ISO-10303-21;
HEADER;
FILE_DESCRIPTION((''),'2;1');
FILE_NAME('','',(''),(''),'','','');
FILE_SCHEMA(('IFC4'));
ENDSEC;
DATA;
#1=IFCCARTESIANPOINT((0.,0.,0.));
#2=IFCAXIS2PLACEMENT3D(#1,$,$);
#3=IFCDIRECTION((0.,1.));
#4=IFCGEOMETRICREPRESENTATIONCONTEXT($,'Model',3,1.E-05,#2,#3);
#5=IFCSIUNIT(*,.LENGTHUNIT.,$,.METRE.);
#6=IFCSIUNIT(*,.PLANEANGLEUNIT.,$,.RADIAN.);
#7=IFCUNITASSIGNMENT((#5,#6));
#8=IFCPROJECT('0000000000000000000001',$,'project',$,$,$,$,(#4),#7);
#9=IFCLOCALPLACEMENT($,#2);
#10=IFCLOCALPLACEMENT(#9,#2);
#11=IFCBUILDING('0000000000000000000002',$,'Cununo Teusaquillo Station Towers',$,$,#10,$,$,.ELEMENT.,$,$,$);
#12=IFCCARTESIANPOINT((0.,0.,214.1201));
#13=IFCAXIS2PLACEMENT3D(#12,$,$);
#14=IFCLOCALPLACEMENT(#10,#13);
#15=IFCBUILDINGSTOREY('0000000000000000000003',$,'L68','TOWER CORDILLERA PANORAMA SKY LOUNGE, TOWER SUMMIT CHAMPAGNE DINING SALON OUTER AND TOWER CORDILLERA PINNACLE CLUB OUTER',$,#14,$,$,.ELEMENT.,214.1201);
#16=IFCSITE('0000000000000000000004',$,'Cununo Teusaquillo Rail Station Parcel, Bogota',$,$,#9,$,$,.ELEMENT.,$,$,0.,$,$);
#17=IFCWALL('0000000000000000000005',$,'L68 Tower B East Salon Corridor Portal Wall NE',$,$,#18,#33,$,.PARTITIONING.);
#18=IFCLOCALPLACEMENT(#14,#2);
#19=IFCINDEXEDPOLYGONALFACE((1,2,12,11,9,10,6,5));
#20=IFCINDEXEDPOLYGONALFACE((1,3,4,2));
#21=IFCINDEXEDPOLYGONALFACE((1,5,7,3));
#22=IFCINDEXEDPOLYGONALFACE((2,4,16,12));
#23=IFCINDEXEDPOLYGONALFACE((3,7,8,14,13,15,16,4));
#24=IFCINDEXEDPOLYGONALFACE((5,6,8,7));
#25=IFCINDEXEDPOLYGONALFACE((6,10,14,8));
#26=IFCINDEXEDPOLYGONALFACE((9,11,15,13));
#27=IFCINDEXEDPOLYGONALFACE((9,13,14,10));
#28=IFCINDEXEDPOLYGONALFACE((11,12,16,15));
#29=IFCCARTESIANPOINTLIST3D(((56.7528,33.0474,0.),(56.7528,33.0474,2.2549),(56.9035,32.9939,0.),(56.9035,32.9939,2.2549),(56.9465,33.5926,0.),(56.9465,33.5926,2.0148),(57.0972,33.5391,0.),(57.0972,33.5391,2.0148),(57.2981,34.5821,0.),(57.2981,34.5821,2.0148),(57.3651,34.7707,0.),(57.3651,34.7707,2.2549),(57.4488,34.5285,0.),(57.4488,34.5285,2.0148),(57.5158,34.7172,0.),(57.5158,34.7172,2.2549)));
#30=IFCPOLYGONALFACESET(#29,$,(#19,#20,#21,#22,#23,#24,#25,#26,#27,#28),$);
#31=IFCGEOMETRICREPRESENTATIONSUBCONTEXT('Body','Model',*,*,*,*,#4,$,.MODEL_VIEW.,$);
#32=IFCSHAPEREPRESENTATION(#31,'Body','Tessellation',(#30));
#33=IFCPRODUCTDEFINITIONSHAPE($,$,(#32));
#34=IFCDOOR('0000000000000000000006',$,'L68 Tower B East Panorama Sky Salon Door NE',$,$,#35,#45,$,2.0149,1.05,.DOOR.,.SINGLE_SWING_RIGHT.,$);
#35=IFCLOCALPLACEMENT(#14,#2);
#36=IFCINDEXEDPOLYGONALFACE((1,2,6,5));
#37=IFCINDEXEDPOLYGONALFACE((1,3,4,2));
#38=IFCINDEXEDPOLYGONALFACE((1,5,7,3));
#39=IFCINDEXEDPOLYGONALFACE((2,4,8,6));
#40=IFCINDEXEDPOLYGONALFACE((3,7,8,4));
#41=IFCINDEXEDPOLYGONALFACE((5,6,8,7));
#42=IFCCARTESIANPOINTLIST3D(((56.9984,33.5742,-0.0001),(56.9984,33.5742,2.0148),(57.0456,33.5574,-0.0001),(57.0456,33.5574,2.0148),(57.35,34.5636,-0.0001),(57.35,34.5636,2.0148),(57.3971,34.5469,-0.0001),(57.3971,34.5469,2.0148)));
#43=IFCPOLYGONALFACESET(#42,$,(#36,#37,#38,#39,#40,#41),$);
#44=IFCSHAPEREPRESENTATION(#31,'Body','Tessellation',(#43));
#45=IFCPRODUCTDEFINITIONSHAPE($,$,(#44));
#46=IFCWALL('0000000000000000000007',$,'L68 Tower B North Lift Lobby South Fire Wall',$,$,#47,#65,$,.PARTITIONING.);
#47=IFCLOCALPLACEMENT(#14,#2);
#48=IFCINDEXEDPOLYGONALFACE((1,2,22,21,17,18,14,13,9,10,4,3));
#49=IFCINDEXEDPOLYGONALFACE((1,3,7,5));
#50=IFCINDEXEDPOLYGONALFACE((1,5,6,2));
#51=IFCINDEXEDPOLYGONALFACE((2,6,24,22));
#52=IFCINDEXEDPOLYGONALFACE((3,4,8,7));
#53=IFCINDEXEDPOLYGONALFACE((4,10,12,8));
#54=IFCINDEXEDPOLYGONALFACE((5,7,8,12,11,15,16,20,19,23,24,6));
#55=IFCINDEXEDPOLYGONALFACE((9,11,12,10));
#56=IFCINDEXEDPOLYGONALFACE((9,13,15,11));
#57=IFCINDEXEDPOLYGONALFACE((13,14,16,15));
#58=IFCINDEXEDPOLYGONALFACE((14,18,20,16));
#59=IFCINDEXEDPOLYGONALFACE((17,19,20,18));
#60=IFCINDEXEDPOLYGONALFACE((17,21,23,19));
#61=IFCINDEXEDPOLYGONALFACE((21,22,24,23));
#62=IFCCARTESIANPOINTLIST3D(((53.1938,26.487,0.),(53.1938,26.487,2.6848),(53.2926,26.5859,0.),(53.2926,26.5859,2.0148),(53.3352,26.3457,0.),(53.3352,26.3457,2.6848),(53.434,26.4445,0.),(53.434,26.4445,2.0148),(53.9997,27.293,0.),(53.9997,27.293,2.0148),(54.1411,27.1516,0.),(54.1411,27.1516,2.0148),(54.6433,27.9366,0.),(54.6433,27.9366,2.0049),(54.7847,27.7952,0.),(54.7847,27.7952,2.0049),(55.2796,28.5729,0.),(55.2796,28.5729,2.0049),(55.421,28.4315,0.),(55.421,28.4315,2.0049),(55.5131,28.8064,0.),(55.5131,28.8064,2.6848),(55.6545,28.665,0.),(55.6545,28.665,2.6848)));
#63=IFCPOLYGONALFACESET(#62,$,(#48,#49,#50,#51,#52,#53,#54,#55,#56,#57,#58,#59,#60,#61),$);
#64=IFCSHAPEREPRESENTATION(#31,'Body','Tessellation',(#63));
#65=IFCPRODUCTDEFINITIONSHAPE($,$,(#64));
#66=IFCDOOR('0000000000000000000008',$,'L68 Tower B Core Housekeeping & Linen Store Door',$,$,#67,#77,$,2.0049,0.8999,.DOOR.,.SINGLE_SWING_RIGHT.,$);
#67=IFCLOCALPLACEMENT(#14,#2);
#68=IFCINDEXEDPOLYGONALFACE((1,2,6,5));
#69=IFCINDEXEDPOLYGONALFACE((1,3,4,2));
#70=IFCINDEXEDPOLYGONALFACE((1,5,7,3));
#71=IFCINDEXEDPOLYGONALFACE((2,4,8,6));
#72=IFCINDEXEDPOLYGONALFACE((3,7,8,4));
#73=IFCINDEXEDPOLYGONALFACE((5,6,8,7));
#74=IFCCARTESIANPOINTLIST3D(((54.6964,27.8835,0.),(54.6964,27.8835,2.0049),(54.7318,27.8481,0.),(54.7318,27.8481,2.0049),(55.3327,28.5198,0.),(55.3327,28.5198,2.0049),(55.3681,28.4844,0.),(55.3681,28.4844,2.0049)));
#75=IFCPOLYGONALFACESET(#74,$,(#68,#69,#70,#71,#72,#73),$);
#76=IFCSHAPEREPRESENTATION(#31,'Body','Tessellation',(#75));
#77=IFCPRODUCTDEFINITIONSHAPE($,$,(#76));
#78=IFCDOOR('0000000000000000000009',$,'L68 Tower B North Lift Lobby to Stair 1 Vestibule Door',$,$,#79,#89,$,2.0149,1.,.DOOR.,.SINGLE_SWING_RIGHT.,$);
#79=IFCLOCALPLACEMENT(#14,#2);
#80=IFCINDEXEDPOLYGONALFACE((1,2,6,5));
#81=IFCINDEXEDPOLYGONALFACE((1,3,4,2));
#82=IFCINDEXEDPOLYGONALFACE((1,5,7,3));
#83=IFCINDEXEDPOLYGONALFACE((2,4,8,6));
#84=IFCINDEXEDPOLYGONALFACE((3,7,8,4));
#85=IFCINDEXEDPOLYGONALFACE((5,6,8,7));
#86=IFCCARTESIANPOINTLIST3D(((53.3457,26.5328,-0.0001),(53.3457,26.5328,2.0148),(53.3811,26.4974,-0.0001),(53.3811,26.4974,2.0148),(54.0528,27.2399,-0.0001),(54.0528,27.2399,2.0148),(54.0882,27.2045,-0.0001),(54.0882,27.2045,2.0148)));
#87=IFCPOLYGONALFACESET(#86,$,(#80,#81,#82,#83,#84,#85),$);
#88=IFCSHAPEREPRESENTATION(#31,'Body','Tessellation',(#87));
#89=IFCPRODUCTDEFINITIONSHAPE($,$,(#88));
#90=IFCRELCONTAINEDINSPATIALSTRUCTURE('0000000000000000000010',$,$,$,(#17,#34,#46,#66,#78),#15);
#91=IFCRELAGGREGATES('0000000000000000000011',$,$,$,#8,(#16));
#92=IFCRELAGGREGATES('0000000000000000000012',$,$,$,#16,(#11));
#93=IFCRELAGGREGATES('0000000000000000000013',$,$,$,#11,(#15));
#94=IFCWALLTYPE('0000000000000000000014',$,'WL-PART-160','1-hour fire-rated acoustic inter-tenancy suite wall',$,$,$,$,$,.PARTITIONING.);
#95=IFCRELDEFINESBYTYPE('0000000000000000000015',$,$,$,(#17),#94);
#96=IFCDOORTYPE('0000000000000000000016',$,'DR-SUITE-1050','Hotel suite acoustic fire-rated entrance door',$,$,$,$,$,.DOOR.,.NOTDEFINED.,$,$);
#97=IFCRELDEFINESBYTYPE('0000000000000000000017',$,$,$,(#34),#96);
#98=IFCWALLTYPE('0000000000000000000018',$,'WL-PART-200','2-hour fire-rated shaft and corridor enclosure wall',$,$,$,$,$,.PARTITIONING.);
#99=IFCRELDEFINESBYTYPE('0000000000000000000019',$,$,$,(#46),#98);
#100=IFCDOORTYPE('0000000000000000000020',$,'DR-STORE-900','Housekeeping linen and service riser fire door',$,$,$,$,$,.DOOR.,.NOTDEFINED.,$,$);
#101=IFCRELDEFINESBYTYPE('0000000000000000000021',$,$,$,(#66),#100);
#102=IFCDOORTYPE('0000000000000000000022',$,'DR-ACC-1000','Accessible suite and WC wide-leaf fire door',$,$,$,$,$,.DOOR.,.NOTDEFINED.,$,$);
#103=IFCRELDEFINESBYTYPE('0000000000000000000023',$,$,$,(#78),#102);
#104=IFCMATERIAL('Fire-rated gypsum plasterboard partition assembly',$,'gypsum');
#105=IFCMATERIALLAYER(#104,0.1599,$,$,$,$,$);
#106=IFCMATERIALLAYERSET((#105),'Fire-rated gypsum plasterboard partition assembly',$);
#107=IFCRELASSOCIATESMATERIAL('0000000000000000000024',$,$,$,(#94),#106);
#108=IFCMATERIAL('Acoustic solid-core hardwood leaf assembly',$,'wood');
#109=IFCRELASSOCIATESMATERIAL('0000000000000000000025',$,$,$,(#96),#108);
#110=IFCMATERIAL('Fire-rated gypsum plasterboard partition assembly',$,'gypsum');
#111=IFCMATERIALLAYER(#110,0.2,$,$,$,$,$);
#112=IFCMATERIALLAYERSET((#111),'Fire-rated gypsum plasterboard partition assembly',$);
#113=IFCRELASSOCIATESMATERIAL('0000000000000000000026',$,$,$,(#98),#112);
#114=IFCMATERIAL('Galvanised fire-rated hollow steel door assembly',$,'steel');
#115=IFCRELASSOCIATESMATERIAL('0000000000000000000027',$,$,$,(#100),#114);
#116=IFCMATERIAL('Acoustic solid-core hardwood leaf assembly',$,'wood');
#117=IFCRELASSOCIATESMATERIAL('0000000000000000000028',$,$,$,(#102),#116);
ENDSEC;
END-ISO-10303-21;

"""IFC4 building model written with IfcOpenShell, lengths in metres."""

from ifc_helpers import new_model, si_unit, direction, frame, frame_2d, origin, place, context, subcontext, project, spatial, rectangle, extrude, source, transform, mapped, material, layer, layer_set, type_object, element, fill, save


model = new_model("IFC4")

# Units and contexts
model_context = context("Model", 3, precision=1e-05, world=origin(), true_north=direction((0.0, 1.0)))
body_context = subcontext(model_context, "Body", "Model", "MODEL_VIEW")
ifc_project = project(units=[si_unit("LENGTHUNIT", "METRE"), si_unit("PLANEANGLEUNIT", "RADIAN")], contexts=[model_context])

# Site, building, storey
site_placement = place(None, origin())
site = spatial("IfcSite", under=ifc_project, at=site_placement, Name="Cununo Teusaquillo Rail Station Parcel, Bogota", CompositionType="ELEMENT", RefElevation=0.0)
building_placement = place(site_placement, origin())
building = spatial("IfcBuilding", under=site, at=building_placement, Name="Cununo Teusaquillo Station Towers", CompositionType="ELEMENT")
storey_placement = place(building_placement, frame((0.0, 0.0, 214.1201)))
storey = spatial("IfcBuildingStorey", under=building, at=storey_placement, Name="L68", Description="TOWER CORDILLERA PANORAMA SKY LOUNGE, TOWER SUMMIT CHAMPAGNE DINING SALON OUTER AND TOWER CORDILLERA PINNACLE CLUB OUTER", CompositionType="ELEMENT", Elevation=214.1201)

# Shared definitions
shared_shape_1 = source(origin(), body_context, "Body", "SweptSolid", [
    extrude(rectangle(XDim=0.8999, YDim=2.0049, at=frame_2d((0.45, 1.0024))), frame((0.0, 0.0249, 0.0), z_axis=(0.0, -1.0, 0.0), x_axis=(1.0, 0.0, 0.0)), (0.0, 0.0, 1.0), 0.05),
])

# Wall, opening, door
ifc_material_1 = material(Name="Fire-rated gypsum plasterboard partition assembly", Category="gypsum")
ifc_layer_1 = layer(ifc_material_1, 0.1599)
ifc_layer_set_1 = layer_set([ifc_layer_1], Name="Fire-rated gypsum plasterboard partition assembly")
wall_type_1 = type_object("IfcWallType", Name="WL-PART-160", Description="1-hour fire-rated acoustic inter-tenancy suite wall", PredefinedType="PARTITIONING", material=ifc_layer_set_1)
wall_1_placement = place(storey_placement, frame((56.8281, 33.0205, 0.0), z_axis=(0.0, 0.0, 1.0), x_axis=(0.334788, 0.942293, 0.0)))
wall_1 = element("IfcWall", 1, at=wall_1_placement, inside=storey, type_object=wall_type_1, Name="L68 Tower B East Salon Corridor Portal Wall NE", PredefinedType="PARTITIONING", context=body_context, shape_type="SweptSolid", body=[
    extrude(rectangle(XDim=1.8289, YDim=0.1599, at=frame_2d((0.9146, 0.0))), origin(), (0.0, 0.0, 1.0), 2.2549),
])
shared_shape_2 = source(origin(), body_context, "Body", "SweptSolid", [
    extrude(rectangle(XDim=1.05, YDim=2.0149, at=frame_2d((0.5249, 1.0073))), frame((0.0, 0.0898, 0.0), z_axis=(0.0, -1.0, 0.0), x_axis=(1.0, 0.0, 0.0)), (0.0, 0.0, 1.0), 0.1799),
])
opening_1_placement = place(wall_1_placement, frame((0.5789, 0.0, 0.0)))
opening_1 = element("IfcOpeningElement", 2, at=opening_1_placement, cuts=wall_1, PredefinedType="OPENING", context=body_context, shape_type="MappedRepresentation", body=[
    mapped(shared_shape_2, transform((0.0, 0.0, 0.0), x_axis=(1.0, 0.0, 0.0), y_axis=(0.0, 1.0, 0.0), z_axis=(0.0, 0.0, 1.0), scale=1.0)),
])
ifc_material_2 = material(Name="Acoustic solid-core hardwood leaf assembly", Category="wood")
door_type_1 = type_object("IfcDoorType", Name="DR-SUITE-1050", Description="Hotel suite acoustic fire-rated entrance door", OperationType="NOTDEFINED", PredefinedType="DOOR", material=ifc_material_2)
shared_shape_3 = source(origin(), body_context, "Body", "SweptSolid", [
    extrude(rectangle(XDim=1.05, YDim=2.0149, at=frame_2d((0.5249, 1.0073))), frame((0.0, 0.0249, 0.0), z_axis=(0.0, -1.0, 0.0), x_axis=(1.0, 0.0, 0.0)), (0.0, 0.0, 1.0), 0.05),
])
door_1_placement = place(opening_1_placement, origin())
door_1 = element("IfcDoor", 3, at=door_1_placement, inside=storey, type_object=door_type_1, Name="L68 Tower B East Panorama Sky Salon Door NE", OperationType="SINGLE_SWING_RIGHT", OverallHeight=2.0149, OverallWidth=1.05, PredefinedType="DOOR", context=body_context, shape_type="MappedRepresentation", body=[
    mapped(shared_shape_3, transform((0.0, 0.0, 0.0), x_axis=(1.0, 0.0, 0.0), y_axis=(0.0, 1.0, 0.0), z_axis=(0.0, 0.0, 1.0), scale=1.0)),
])
fill(opening_1, door_1)

# Wall, openings, doors
ifc_material_3 = material(Name="Fire-rated gypsum plasterboard partition assembly", Category="gypsum")
ifc_layer_2 = layer(ifc_material_3, 0.2)
ifc_layer_set_2 = layer_set([ifc_layer_2], Name="Fire-rated gypsum plasterboard partition assembly")
wall_type_2 = type_object("IfcWallType", Name="WL-PART-200", Description="2-hour fire-rated shaft and corridor enclosure wall", PredefinedType="PARTITIONING", material=ifc_layer_set_2)
wall_2_placement = place(storey_placement, frame((53.2644, 26.4163, 0.0), z_axis=(0.0, 0.0, 1.0), x_axis=(0.707107, 0.707107, 0.0)))
wall_2 = element("IfcWall", 4, at=wall_2_placement, inside=storey, type_object=wall_type_2, Name="L68 Tower B North Lift Lobby South Fire Wall", PredefinedType="PARTITIONING", context=body_context, shape_type="SweptSolid", body=[
    extrude(rectangle(XDim=3.28, YDim=0.2, at=frame_2d((1.6401, 0.0))), origin(), (0.0, 0.0, 1.0), 2.6848),
])
shared_shape_4 = source(origin(), body_context, "Body", "SweptSolid", [
    extrude(rectangle(XDim=1.0, YDim=2.0149, at=frame_2d((0.5, 1.0073))), frame((0.0, 0.1099, 0.0), z_axis=(0.0, -1.0, 0.0), x_axis=(1.0, 0.0, 0.0)), (0.0, 0.0, 1.0), 0.22),
])
opening_2_placement = place(wall_2_placement, frame((0.1399, 0.0, 0.0)))
opening_2 = element("IfcOpeningElement", 5, at=opening_2_placement, cuts=wall_2, PredefinedType="OPENING", context=body_context, shape_type="MappedRepresentation", body=[
    mapped(shared_shape_4, transform((0.0, 0.0, 0.0), x_axis=(1.0, 0.0, 0.0), y_axis=(0.0, 1.0, 0.0), z_axis=(0.0, 0.0, 1.0), scale=1.0)),
])
shared_shape_5 = source(origin(), body_context, "Body", "SweptSolid", [
    extrude(rectangle(XDim=0.8999, YDim=2.0049, at=frame_2d((0.45, 1.0024))), frame((0.0, 0.1099, 0.0), z_axis=(0.0, -1.0, 0.0), x_axis=(1.0, 0.0, 0.0)), (0.0, 0.0, 1.0), 0.22),
])
opening_3_placement = place(wall_2_placement, frame((2.05, 0.0, 0.0)))
opening_3 = element("IfcOpeningElement", 6, at=opening_3_placement, cuts=wall_2, PredefinedType="OPENING", context=body_context, shape_type="MappedRepresentation", body=[
    mapped(shared_shape_5, transform((0.0, 0.0, 0.0), x_axis=(1.0, 0.0, 0.0), y_axis=(0.0, 1.0, 0.0), z_axis=(0.0, 0.0, 1.0), scale=1.0)),
])
ifc_material_4 = material(Name="Galvanised fire-rated hollow steel door assembly", Category="steel")
door_type_2 = type_object("IfcDoorType", Name="DR-STORE-900", Description="Housekeeping linen and service riser fire door", OperationType="NOTDEFINED", PredefinedType="DOOR", material=ifc_material_4)
door_2_placement = place(opening_3_placement, origin())
door_2 = element("IfcDoor", 7, at=door_2_placement, inside=storey, type_object=door_type_2, Name="L68 Tower B Core Housekeeping & Linen Store Door", OperationType="SINGLE_SWING_RIGHT", OverallHeight=2.0049, OverallWidth=0.8999, PredefinedType="DOOR", context=body_context, shape_type="MappedRepresentation", body=[
    mapped(shared_shape_1, transform((0.0, 0.0, 0.0), x_axis=(1.0, 0.0, 0.0), y_axis=(0.0, 1.0, 0.0), z_axis=(0.0, 0.0, 1.0), scale=1.0)),
])
fill(opening_3, door_2)
ifc_material_5 = material(Name="Acoustic solid-core hardwood leaf assembly", Category="wood")
door_type_3 = type_object("IfcDoorType", Name="DR-ACC-1000", Description="Accessible suite and WC wide-leaf fire door", OperationType="NOTDEFINED", PredefinedType="DOOR", material=ifc_material_5)
shared_shape_6 = source(origin(), body_context, "Body", "SweptSolid", [
    extrude(rectangle(XDim=1.0, YDim=2.0149, at=frame_2d((0.5, 1.0073))), frame((0.0, 0.0249, 0.0), z_axis=(0.0, -1.0, 0.0), x_axis=(1.0, 0.0, 0.0)), (0.0, 0.0, 1.0), 0.05),
])
door_3_placement = place(opening_2_placement, origin())
door_3 = element("IfcDoor", 8, at=door_3_placement, inside=storey, type_object=door_type_3, Name="L68 Tower B North Lift Lobby to Stair 1 Vestibule Door", OperationType="SINGLE_SWING_RIGHT", OverallHeight=2.0149, OverallWidth=1.0, PredefinedType="DOOR", context=body_context, shape_type="MappedRepresentation", body=[
    mapped(shared_shape_6, transform((0.0, 0.0, 0.0), x_axis=(1.0, 0.0, 0.0), y_axis=(0.0, 1.0, 0.0), z_axis=(0.0, 0.0, 1.0), scale=1.0)),
])
fill(opening_2, door_3)

save(model, "model.ifc")
